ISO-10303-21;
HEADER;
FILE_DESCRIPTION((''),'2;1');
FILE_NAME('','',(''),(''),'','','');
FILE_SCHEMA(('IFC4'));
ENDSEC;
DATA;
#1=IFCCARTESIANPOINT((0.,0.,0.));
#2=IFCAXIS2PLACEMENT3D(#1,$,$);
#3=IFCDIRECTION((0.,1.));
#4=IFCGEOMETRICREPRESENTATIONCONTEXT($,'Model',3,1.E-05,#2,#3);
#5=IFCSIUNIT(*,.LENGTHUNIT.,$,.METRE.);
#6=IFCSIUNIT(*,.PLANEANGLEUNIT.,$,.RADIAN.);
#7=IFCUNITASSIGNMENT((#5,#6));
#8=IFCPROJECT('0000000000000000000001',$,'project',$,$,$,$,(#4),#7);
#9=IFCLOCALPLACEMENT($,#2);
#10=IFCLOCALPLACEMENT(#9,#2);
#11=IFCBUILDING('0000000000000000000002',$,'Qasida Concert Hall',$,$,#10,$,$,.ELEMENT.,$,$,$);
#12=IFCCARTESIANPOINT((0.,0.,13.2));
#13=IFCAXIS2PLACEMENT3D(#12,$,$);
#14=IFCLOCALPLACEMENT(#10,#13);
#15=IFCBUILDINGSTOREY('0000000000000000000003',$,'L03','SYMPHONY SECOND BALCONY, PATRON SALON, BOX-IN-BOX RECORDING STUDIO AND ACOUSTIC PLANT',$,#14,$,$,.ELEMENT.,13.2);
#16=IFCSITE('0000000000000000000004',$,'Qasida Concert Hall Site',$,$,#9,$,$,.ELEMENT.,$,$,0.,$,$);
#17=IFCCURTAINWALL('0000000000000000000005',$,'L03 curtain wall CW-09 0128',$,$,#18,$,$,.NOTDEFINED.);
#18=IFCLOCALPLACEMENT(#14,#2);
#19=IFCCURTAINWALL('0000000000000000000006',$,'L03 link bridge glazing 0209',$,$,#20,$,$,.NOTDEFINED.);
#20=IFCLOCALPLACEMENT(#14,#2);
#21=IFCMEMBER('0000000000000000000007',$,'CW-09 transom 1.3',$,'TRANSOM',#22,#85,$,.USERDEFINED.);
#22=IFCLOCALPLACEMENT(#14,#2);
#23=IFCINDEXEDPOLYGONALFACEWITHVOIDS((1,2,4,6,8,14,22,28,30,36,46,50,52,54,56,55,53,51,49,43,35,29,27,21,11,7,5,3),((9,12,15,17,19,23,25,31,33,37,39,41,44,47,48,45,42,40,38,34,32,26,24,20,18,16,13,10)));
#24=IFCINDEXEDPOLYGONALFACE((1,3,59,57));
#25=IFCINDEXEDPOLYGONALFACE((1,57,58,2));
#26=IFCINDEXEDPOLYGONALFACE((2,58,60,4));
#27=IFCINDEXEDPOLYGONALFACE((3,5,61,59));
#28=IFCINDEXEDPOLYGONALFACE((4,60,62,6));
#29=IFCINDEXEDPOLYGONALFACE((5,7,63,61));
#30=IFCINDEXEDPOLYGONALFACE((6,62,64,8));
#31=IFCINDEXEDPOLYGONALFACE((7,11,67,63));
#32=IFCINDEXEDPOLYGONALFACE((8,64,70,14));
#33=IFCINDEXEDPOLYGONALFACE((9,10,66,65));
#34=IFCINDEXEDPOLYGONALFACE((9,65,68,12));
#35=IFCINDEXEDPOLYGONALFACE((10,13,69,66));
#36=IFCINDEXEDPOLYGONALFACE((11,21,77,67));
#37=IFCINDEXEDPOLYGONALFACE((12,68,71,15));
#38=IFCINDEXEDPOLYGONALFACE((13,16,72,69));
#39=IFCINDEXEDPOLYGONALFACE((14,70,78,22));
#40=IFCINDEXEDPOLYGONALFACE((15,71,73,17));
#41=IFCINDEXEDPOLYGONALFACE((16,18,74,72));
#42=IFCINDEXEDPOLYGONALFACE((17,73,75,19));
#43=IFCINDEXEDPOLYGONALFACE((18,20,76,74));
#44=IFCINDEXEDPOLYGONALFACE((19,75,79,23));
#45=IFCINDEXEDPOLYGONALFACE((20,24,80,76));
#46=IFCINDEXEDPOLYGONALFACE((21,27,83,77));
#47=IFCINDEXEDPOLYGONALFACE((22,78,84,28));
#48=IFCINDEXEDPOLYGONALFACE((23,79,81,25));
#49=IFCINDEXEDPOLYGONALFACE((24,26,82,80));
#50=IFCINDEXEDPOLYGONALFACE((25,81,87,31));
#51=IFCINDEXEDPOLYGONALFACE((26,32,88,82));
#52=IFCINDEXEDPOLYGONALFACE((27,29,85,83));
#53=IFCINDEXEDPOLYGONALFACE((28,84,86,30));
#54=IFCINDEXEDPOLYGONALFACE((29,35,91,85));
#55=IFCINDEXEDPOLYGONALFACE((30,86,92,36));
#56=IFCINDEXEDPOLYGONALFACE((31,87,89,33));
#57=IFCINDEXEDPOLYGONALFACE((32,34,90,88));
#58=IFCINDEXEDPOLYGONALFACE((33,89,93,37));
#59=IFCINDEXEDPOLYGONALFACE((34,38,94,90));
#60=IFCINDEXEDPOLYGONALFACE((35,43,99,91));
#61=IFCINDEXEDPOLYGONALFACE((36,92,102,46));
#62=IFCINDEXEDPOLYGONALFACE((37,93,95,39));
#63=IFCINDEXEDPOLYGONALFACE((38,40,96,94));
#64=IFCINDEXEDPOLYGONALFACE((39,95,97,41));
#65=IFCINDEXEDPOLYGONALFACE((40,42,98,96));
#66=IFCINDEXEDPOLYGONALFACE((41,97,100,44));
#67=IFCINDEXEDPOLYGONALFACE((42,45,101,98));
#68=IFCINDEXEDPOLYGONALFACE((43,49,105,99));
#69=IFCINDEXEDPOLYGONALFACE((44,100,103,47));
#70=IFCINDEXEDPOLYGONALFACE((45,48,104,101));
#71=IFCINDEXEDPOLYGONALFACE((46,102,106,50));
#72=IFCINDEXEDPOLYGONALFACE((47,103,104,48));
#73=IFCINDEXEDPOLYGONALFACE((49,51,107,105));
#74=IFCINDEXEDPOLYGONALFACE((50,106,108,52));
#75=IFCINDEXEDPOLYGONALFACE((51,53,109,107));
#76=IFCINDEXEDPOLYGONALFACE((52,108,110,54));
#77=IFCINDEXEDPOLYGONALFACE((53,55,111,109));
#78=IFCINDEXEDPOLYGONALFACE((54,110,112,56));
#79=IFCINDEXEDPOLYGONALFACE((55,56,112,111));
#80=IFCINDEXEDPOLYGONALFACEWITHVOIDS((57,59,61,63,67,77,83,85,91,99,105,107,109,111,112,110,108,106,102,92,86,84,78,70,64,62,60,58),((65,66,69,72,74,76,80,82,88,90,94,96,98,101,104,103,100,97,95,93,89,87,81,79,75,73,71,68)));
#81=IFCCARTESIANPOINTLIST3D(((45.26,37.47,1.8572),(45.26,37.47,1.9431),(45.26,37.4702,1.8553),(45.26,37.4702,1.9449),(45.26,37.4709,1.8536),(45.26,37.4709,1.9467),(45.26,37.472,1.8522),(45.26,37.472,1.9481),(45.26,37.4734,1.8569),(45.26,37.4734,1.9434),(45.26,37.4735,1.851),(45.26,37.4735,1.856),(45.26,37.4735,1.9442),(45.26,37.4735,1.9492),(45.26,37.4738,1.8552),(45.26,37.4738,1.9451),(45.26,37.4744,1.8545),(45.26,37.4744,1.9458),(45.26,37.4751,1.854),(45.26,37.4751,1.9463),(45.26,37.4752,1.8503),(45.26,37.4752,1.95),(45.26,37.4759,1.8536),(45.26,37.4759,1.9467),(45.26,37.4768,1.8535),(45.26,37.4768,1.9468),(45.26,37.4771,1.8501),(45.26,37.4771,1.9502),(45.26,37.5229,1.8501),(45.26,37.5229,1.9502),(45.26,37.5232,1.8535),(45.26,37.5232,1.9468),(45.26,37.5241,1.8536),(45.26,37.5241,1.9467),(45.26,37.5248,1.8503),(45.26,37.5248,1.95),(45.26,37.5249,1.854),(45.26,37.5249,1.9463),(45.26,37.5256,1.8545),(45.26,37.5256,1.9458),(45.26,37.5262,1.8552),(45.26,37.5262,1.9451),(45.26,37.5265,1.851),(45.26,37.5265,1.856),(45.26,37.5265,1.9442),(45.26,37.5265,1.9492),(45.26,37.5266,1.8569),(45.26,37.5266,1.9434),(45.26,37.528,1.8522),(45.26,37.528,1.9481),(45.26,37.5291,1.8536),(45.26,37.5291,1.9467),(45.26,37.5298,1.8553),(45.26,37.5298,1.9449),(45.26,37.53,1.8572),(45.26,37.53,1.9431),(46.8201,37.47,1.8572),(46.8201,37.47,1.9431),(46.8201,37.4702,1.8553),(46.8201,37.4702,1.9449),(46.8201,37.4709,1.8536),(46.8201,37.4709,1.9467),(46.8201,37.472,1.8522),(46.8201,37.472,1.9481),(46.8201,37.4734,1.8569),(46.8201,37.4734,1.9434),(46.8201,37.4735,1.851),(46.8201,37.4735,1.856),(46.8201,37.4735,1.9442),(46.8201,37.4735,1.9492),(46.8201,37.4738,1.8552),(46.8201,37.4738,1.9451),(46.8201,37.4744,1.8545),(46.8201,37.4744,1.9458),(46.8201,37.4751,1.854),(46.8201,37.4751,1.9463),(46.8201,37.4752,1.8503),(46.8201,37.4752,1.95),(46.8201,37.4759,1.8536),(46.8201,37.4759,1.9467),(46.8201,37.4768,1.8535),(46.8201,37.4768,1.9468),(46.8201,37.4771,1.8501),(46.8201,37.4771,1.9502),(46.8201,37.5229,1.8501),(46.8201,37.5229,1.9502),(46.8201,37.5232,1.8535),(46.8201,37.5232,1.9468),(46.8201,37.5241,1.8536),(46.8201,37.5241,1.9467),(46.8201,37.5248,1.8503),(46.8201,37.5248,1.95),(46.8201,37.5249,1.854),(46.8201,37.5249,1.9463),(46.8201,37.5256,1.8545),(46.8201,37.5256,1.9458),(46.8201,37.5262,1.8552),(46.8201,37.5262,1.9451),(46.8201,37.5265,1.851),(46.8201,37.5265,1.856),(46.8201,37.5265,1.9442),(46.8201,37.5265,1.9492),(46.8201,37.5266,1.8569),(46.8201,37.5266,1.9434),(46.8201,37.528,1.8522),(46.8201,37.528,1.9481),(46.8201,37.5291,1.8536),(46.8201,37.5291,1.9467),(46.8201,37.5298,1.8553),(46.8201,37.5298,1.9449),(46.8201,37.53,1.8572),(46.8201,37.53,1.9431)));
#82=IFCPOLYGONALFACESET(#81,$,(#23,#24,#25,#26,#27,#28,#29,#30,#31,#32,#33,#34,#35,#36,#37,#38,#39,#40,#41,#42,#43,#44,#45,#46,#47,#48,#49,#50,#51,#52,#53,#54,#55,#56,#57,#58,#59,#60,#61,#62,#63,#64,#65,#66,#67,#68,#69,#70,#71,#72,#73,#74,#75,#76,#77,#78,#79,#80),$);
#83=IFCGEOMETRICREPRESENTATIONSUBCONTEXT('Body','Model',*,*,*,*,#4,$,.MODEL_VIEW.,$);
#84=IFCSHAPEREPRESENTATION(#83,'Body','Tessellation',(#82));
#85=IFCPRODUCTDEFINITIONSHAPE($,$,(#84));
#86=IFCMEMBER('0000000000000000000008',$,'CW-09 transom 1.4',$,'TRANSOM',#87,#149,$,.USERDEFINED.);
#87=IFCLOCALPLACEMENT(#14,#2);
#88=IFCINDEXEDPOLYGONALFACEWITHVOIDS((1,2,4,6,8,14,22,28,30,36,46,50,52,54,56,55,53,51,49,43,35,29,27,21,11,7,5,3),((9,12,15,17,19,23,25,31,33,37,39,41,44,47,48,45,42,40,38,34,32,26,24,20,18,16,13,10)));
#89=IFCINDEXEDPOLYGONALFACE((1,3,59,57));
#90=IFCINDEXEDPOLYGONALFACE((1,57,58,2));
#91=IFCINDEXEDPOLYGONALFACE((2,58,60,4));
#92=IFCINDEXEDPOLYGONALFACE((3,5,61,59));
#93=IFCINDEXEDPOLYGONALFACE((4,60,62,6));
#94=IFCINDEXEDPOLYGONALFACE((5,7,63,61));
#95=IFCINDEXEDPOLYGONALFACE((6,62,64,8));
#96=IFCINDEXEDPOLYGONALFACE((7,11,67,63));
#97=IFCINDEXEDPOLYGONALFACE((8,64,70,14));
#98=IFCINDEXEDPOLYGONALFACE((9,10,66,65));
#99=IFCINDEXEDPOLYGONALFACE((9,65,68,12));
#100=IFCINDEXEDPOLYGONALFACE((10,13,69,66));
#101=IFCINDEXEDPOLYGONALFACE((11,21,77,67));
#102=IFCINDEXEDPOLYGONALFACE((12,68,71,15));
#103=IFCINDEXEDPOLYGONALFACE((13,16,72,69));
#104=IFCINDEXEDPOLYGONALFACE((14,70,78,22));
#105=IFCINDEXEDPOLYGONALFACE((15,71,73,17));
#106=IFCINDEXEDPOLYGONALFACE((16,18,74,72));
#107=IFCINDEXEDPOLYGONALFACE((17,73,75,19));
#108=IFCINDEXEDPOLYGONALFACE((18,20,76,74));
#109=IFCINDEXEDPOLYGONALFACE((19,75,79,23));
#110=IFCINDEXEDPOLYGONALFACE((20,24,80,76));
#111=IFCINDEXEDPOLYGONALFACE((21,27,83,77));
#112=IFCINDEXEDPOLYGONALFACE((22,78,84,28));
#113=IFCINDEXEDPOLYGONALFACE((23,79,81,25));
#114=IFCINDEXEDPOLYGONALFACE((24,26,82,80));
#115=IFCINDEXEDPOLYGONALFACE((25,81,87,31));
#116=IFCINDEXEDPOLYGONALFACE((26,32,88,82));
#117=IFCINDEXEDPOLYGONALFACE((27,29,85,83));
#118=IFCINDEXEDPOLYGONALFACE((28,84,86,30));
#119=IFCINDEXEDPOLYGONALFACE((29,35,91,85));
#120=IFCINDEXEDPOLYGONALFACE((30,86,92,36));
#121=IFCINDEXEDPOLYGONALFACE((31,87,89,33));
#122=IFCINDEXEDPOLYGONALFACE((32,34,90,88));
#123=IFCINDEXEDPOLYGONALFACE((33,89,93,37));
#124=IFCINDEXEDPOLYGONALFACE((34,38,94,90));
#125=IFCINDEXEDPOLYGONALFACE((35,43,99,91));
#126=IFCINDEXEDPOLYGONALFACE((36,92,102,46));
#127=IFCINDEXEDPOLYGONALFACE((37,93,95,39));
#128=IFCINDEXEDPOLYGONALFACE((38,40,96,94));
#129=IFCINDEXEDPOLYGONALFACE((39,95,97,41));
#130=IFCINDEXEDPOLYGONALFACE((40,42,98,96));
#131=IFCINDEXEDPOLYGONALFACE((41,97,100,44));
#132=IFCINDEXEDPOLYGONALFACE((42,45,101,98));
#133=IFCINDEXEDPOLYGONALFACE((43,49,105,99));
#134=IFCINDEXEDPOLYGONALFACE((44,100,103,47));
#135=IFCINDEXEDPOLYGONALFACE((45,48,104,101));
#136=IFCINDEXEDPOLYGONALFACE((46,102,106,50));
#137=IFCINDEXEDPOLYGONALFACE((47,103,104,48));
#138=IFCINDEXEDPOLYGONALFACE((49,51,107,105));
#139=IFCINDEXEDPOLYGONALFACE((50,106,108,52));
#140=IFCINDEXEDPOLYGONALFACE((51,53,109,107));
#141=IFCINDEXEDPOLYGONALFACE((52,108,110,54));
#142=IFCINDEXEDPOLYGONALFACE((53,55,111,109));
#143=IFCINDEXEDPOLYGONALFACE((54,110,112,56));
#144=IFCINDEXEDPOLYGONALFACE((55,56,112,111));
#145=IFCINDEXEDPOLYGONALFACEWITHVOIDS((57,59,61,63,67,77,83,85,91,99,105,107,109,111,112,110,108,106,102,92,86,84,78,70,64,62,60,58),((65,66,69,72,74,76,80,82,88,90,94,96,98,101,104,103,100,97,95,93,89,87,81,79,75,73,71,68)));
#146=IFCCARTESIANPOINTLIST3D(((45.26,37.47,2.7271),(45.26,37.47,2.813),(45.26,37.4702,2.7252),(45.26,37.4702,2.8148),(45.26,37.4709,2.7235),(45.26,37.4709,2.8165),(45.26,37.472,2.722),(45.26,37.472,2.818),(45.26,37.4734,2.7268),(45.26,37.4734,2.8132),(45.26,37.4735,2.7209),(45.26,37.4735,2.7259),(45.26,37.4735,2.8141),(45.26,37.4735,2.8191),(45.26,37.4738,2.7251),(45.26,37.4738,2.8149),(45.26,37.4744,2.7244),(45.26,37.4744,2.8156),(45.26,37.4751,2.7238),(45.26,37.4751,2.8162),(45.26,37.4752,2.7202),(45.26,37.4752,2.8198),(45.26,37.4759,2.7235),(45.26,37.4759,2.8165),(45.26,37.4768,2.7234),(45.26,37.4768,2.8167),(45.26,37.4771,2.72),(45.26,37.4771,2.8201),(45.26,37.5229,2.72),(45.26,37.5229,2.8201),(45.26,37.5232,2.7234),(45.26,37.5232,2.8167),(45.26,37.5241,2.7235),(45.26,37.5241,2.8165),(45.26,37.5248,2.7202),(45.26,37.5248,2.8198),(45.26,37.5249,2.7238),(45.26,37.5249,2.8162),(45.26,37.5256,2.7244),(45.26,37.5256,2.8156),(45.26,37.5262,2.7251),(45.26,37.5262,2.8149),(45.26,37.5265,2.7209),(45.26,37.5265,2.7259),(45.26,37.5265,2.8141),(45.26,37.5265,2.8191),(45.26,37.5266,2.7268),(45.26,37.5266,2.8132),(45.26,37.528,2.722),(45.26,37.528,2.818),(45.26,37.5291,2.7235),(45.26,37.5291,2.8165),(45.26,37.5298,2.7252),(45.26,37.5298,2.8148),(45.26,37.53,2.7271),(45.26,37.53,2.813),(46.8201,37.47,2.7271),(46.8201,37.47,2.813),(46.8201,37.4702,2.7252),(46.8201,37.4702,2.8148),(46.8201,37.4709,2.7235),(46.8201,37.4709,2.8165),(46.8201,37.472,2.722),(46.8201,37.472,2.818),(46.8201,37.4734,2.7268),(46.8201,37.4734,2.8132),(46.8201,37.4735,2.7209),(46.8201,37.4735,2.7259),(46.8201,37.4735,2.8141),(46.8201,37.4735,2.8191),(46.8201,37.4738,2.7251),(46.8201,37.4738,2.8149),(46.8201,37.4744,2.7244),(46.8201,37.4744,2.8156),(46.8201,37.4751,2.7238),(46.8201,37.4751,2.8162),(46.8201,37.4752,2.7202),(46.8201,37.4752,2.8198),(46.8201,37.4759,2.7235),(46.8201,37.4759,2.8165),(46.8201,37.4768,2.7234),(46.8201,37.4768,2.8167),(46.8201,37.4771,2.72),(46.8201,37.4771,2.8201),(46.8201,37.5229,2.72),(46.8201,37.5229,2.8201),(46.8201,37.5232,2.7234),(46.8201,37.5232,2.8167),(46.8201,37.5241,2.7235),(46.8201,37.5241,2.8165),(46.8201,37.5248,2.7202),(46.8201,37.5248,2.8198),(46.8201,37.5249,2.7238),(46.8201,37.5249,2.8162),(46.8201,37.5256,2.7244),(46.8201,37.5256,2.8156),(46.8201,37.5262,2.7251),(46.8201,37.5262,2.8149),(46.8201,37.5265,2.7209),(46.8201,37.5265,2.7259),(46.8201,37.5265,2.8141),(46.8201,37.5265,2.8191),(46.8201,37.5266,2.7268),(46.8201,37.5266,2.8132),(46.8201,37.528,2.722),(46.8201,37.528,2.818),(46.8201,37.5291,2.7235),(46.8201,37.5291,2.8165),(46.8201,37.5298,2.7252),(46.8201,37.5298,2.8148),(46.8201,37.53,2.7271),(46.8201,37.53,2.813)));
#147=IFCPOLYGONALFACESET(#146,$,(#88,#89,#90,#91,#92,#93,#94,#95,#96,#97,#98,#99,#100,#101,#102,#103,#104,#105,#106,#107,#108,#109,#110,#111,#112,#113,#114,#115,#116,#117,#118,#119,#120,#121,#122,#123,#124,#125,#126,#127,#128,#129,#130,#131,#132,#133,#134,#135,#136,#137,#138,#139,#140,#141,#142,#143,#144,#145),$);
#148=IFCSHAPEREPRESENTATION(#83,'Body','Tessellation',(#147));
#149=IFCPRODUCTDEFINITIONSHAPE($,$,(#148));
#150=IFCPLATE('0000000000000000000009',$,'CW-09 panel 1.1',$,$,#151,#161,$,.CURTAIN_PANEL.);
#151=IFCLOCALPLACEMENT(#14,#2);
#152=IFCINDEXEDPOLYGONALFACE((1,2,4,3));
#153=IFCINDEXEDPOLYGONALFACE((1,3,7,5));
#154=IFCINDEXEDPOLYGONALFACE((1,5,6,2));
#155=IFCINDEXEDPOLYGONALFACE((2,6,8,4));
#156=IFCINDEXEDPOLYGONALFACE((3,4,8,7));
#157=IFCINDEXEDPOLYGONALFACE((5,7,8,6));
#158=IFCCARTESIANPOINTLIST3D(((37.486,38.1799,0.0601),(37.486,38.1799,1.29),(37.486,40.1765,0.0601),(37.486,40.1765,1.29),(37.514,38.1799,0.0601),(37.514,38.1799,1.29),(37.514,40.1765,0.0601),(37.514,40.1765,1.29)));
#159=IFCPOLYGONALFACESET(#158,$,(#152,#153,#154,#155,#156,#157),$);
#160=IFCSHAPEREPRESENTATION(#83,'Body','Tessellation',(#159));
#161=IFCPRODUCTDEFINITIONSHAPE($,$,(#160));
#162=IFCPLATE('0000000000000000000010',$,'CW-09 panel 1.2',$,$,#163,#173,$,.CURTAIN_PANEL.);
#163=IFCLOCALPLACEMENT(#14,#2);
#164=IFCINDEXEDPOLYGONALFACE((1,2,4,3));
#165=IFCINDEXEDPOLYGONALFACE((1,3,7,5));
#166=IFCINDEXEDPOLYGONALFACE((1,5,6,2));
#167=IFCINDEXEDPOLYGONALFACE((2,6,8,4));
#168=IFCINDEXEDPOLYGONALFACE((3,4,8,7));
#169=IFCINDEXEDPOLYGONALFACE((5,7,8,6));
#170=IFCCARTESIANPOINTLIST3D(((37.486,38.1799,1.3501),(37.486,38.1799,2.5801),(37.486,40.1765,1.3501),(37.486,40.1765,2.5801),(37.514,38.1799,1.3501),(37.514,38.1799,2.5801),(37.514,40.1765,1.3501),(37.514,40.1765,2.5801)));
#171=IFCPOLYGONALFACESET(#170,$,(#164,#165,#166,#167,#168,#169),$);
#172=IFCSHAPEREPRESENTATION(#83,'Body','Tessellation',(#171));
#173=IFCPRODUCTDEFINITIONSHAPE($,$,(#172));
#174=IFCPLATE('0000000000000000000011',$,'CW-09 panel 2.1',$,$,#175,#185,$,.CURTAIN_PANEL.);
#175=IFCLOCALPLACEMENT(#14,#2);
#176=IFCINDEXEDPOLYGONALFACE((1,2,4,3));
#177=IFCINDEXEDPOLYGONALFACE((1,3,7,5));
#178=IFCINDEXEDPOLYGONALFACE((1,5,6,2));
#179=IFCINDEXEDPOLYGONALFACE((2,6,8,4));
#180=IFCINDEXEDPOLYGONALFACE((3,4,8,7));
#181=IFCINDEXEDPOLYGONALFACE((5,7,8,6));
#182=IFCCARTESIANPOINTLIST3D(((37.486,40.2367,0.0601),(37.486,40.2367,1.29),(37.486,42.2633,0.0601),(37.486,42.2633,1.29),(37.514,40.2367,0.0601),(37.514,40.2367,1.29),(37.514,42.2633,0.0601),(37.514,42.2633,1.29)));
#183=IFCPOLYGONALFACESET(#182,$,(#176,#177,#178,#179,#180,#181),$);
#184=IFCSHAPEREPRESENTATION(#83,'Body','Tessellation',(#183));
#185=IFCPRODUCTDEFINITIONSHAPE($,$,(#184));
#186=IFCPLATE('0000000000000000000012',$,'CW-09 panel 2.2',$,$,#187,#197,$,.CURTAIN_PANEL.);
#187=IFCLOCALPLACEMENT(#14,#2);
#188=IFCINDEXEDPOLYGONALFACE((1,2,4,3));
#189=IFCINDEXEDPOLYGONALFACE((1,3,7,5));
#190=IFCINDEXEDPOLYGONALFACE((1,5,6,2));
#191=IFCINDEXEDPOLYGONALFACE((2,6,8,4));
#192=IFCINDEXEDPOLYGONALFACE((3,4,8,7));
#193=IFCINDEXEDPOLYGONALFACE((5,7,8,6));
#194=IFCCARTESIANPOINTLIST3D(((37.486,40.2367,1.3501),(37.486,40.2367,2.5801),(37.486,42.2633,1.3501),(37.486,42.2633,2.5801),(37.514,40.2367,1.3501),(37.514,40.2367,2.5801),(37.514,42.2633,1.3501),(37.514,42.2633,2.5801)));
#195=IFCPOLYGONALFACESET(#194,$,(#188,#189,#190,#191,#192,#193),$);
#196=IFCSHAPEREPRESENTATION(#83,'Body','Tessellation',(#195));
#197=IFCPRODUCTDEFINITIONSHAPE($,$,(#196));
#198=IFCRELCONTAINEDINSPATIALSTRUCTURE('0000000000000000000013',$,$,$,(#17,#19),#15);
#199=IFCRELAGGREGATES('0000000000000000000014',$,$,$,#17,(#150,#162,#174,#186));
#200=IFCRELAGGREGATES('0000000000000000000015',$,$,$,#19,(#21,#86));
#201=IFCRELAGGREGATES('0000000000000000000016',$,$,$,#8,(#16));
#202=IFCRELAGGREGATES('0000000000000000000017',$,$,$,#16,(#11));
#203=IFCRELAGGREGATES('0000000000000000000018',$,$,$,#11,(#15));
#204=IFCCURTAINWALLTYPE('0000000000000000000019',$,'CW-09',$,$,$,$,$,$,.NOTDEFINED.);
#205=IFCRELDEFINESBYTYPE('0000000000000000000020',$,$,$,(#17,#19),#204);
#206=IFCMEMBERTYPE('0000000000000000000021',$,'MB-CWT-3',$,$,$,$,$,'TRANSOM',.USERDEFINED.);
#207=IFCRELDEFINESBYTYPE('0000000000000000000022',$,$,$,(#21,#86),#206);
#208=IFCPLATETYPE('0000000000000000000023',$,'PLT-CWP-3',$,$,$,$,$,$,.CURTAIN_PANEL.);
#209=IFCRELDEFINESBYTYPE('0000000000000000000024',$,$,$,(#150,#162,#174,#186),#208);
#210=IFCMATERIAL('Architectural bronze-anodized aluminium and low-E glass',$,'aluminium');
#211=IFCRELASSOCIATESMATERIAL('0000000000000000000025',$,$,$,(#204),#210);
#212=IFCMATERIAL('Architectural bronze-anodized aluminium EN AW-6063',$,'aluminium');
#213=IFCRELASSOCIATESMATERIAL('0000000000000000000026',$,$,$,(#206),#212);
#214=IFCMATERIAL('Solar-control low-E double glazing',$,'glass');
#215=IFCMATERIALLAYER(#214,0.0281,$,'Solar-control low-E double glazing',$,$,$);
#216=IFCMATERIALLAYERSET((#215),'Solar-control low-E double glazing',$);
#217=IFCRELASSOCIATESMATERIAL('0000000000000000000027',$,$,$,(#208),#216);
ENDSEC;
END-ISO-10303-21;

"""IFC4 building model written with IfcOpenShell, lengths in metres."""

from ifc_helpers import new_model, si_unit, direction, frame, origin, origin_2d, place, context, subcontext, project, spatial, rectangle, hollow_rectangle, extrude, material, layer, layer_set, material_profile, profile_set, type_object, element, aggregate, save


model = new_model("IFC4")

# Units and contexts
model_context = context("Model", 3, precision=1e-05, world=origin(), true_north=direction((0.0, 1.0)))
body_context = subcontext(model_context, "Body", "Model", "MODEL_VIEW")
ifc_project = project(units=[si_unit("LENGTHUNIT", "METRE"), si_unit("PLANEANGLEUNIT", "RADIAN")], contexts=[model_context])

# Site, building, storey
site_placement = place(None, origin())
site = spatial("IfcSite", under=ifc_project, at=site_placement, Name="Qasida Concert Hall Site", CompositionType="ELEMENT", RefElevation=0.0)
building_placement = place(site_placement, origin())
building = spatial("IfcBuilding", under=site, at=building_placement, Name="Qasida Concert Hall", CompositionType="ELEMENT")
storey_placement = place(building_placement, frame((0.0, 0.0, 13.2)))
storey = spatial("IfcBuildingStorey", under=building, at=storey_placement, Name="L03", Description="SYMPHONY SECOND BALCONY, PATRON SALON, BOX-IN-BOX RECORDING STUDIO AND ACOUSTIC PLANT", CompositionType="ELEMENT", Elevation=13.2)

# Curtain wall
ifc_material_1 = material(Name="Architectural bronze-anodized aluminium and low-E glass", Category="aluminium")
curtain_wall_type = type_object("IfcCurtainWallType", Name="CW-09", PredefinedType="NOTDEFINED", material=ifc_material_1)
curtain_wall_1_placement = place(storey_placement, origin())
curtain_wall_1 = element("IfcCurtainWall", 1, at=curtain_wall_1_placement, inside=storey, type_object=curtain_wall_type, Name="L03 curtain wall CW-09 0128", PredefinedType="NOTDEFINED")
ifc_material_2 = material(Name="Architectural bronze-anodized aluminium EN AW-6063", Category="aluminium")

# Curtain wall
curtain_wall_2_placement = place(storey_placement, origin())
curtain_wall_2 = element("IfcCurtainWall", 2, at=curtain_wall_2_placement, inside=storey, type_object=curtain_wall_type, Name="L03 link bridge glazing 0209", PredefinedType="NOTDEFINED")

# Members
ifc_material_profile_1 = material_profile(ifc_material_2, hollow_rectangle(XDim=0.0601, YDim=0.1001, WallThickness=0.0034, InnerFilletRadius=0.0034, OuterFilletRadius=0.0071, at=origin_2d()), Name="CWT 100x60x3.5")
ifc_profile_set_1 = profile_set([ifc_material_profile_1], Name="Architectural bronze-anodized aluminium EN AW-6063")
member_type_1 = type_object("IfcMemberType", Name="MB-CWT-3", ElementType="TRANSOM", PredefinedType="USERDEFINED", material=ifc_profile_set_1)
member_1_placement = place(storey_placement, frame((45.26, 37.5, 1.9001), z_axis=(1.0, 0.0, 0.0), x_axis=(0.0, 1.0, 0.0)))
member_1 = element("IfcMember", 3, at=member_1_placement, type_object=member_type_1, Name="CW-09 transom 1.3", ObjectType="TRANSOM", PredefinedType="USERDEFINED", context=body_context, shape_type="SweptSolid", body=[
    extrude(hollow_rectangle(XDim=0.0601, YDim=0.1001, WallThickness=0.0034, InnerFilletRadius=0.0034, OuterFilletRadius=0.0071, at=origin_2d()), origin(), (0.0, 0.0, 1.0), 1.5601),
])
member_2_placement = place(storey_placement, frame((45.26, 37.5, 2.77), z_axis=(1.0, 0.0, 0.0), x_axis=(0.0, 1.0, 0.0)))
member_2 = element("IfcMember", 4, at=member_2_placement, type_object=member_type_1, Name="CW-09 transom 1.4", ObjectType="TRANSOM", PredefinedType="USERDEFINED", context=body_context, shape_type="SweptSolid", body=[
    extrude(hollow_rectangle(XDim=0.0601, YDim=0.1001, WallThickness=0.0034, InnerFilletRadius=0.0034, OuterFilletRadius=0.0071, at=origin_2d()), origin(), (0.0, 0.0, 1.0), 1.5601),
])

# Plates
ifc_material_3 = material(Name="Solar-control low-E double glazing", Category="glass")
ifc_layer = layer(ifc_material_3, 0.0281, Name="Solar-control low-E double glazing")
ifc_layer_set = layer_set([ifc_layer], Name="Solar-control low-E double glazing")
plate_type = type_object("IfcPlateType", Name="PLT-CWP-3", PredefinedType="CURTAIN_PANEL", material=ifc_layer_set)
plate_1_placement = place(storey_placement, frame((37.5, 39.1782, 0.0601), z_axis=(0.0, 0.0, 1.0), x_axis=(0.0, 1.0, 0.0)))
plate_1 = element("IfcPlate", 5, at=plate_1_placement, type_object=plate_type, Name="CW-09 panel 1.1", PredefinedType="CURTAIN_PANEL", context=body_context, shape_type="SweptSolid", body=[
    extrude(rectangle(XDim=1.9966, YDim=0.0281, at=origin_2d()), origin(), (0.0, 0.0, 1.0), 1.23),
])
plate_2_placement = place(storey_placement, frame((37.5, 39.1782, 1.3501), z_axis=(0.0, 0.0, 1.0), x_axis=(0.0, 1.0, 0.0)))
plate_2 = element("IfcPlate", 6, at=plate_2_placement, type_object=plate_type, Name="CW-09 panel 1.2", PredefinedType="CURTAIN_PANEL", context=body_context, shape_type="SweptSolid", body=[
    extrude(rectangle(XDim=1.9966, YDim=0.0281, at=origin_2d()), origin(), (0.0, 0.0, 1.0), 1.23),
])
plate_3_placement = place(storey_placement, frame((37.5, 41.25, 0.0601), z_axis=(0.0, 0.0, 1.0), x_axis=(0.0, 1.0, 0.0)))
plate_3 = element("IfcPlate", 7, at=plate_3_placement, type_object=plate_type, Name="CW-09 panel 2.1", PredefinedType="CURTAIN_PANEL", context=body_context, shape_type="SweptSolid", body=[
    extrude(rectangle(XDim=2.0266, YDim=0.0281, at=origin_2d()), origin(), (0.0, 0.0, 1.0), 1.23),
])
plate_4_placement = place(storey_placement, frame((37.5, 41.25, 1.3501), z_axis=(0.0, 0.0, 1.0), x_axis=(0.0, 1.0, 0.0)))
plate_4 = element("IfcPlate", 8, at=plate_4_placement, type_object=plate_type, Name="CW-09 panel 2.2", PredefinedType="CURTAIN_PANEL", context=body_context, shape_type="SweptSolid", body=[
    extrude(rectangle(XDim=2.0266, YDim=0.0281, at=origin_2d()), origin(), (0.0, 0.0, 1.0), 1.23),
])
aggregate(curtain_wall_1, [plate_1, plate_2, plate_3, plate_4])
aggregate(curtain_wall_2, [member_1, member_2])

save(model, "model.ifc")
